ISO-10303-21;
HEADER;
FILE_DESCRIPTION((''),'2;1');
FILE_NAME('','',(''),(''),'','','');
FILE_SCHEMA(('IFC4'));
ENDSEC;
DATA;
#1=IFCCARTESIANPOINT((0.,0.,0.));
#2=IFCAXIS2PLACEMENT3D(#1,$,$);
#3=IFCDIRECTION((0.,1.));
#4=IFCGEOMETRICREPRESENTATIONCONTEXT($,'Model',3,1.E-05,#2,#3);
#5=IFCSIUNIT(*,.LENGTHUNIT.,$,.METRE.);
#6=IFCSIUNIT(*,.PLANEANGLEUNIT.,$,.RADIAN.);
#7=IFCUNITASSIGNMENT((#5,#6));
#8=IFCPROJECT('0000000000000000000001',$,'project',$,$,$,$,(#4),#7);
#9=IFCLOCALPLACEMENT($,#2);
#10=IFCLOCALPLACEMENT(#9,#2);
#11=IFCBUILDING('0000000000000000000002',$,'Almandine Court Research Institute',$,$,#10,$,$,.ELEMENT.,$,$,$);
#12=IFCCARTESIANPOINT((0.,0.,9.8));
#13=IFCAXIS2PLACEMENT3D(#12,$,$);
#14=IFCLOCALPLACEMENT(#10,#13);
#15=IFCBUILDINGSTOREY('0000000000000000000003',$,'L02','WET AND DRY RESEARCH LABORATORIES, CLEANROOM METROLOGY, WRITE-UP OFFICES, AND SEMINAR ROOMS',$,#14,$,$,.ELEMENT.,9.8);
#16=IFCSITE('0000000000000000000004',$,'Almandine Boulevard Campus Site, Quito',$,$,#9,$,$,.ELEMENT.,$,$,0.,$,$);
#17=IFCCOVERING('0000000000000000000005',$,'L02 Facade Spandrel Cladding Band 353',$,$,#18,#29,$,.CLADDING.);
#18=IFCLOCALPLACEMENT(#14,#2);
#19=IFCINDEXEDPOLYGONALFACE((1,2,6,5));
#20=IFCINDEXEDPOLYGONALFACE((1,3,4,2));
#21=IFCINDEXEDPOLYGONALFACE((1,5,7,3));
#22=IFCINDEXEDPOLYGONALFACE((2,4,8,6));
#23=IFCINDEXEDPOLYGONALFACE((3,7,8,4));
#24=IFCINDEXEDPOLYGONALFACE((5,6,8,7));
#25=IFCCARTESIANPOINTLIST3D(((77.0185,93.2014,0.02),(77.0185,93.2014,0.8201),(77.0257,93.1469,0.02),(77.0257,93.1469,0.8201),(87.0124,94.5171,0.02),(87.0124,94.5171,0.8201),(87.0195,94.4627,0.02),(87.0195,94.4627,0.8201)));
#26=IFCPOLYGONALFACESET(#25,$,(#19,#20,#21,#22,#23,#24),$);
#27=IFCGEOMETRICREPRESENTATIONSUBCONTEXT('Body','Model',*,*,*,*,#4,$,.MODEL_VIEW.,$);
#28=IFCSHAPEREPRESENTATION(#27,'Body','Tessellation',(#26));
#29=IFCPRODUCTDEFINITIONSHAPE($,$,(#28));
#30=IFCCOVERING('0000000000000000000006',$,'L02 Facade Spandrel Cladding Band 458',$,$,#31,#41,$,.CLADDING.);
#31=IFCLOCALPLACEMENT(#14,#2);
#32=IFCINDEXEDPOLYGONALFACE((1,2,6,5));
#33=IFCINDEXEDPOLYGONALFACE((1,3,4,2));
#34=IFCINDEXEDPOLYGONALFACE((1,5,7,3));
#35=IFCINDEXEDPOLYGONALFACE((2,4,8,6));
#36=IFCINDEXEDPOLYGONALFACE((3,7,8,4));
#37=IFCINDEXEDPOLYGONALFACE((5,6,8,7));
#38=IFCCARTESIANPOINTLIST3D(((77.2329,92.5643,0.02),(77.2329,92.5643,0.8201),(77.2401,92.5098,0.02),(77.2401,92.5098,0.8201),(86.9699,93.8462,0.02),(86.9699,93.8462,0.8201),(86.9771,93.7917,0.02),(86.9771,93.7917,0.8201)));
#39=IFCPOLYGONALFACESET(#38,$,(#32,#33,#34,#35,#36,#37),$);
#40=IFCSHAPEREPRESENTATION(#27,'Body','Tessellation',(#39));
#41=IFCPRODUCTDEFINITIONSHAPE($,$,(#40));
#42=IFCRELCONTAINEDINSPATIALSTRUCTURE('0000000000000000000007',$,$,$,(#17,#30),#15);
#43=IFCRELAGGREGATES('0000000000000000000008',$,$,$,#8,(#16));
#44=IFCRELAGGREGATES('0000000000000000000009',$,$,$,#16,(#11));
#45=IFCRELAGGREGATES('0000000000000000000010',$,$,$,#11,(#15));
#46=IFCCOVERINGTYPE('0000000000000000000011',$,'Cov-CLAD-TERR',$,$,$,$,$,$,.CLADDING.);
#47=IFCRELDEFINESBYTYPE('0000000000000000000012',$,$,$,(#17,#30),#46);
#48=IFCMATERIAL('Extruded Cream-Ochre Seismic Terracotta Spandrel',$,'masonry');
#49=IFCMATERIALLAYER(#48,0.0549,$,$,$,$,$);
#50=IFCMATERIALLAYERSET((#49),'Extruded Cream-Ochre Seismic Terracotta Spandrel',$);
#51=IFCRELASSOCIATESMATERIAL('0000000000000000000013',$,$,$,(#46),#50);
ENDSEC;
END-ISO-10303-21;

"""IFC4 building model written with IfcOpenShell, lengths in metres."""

from ifc_helpers import new_model, si_unit, direction, frame, origin, origin_2d, place, context, subcontext, project, spatial, rectangle, extrude, material, layer, layer_set, type_object, element, save


model = new_model("IFC4")

# Units and contexts
model_context = context("Model", 3, precision=1e-05, world=origin(), true_north=direction((0.0, 1.0)))
body_context = subcontext(model_context, "Body", "Model", "MODEL_VIEW")
ifc_project = project(units=[si_unit("LENGTHUNIT", "METRE"), si_unit("PLANEANGLEUNIT", "RADIAN")], contexts=[model_context])

# Site, building, storey
site_placement = place(None, origin())
site = spatial("IfcSite", under=ifc_project, at=site_placement, Name="Almandine Boulevard Campus Site, Quito", CompositionType="ELEMENT", RefElevation=0.0)
building_placement = place(site_placement, origin())
building = spatial("IfcBuilding", under=site, at=building_placement, Name="Almandine Court Research Institute", CompositionType="ELEMENT")
storey_placement = place(building_placement, frame((0.0, 0.0, 9.8)))
storey = spatial("IfcBuildingStorey", under=building, at=storey_placement, Name="L02", Description="WET AND DRY RESEARCH LABORATORIES, CLEANROOM METROLOGY, WRITE-UP OFFICES, AND SEMINAR ROOMS", CompositionType="ELEMENT", Elevation=9.8)

# Coverings
ifc_material_1 = material(Name="Extruded Cream-Ochre Seismic Terracotta Spandrel", Category="masonry")
ifc_layer_1 = layer(ifc_material_1, 0.0549)
ifc_layer_set_1 = layer_set([ifc_layer_1], Name="Extruded Cream-Ochre Seismic Terracotta Spandrel")
covering_type = type_object("IfcCoveringType", Name="Cov-CLAD-TERR", PredefinedType="CLADDING", material=ifc_layer_set_1)
covering_1_placement = place(storey_placement, frame((82.019, 93.832, 0.02), z_axis=(0.0, 0.0, 1.0), x_axis=(-0.991445, -0.130526, 0.0)))
element("IfcCovering", 1, at=covering_1_placement, inside=storey, type_object=covering_type, Name="L02 Facade Spandrel Cladding Band 353", PredefinedType="CLADDING", context=body_context, shape_type="SweptSolid", body=[
    extrude(rectangle(XDim=10.0801, YDim=0.0549, at=origin_2d()), origin(), (0.0, 0.0, 1.0), 0.8),
])
covering_2_placement = place(storey_placement, frame((82.105, 93.178, 0.02), z_axis=(0.0, 0.0, 1.0), x_axis=(0.991445, 0.130526, 0.0)))
element("IfcCovering", 2, at=covering_2_placement, inside=storey, type_object=covering_type, Name="L02 Facade Spandrel Cladding Band 458", PredefinedType="CLADDING", context=body_context, shape_type="SweptSolid", body=[
    extrude(rectangle(XDim=9.821, YDim=0.0549, at=origin_2d()), origin(), (0.0, 0.0, 1.0), 0.8),
])

save(model, "model.ifc")
